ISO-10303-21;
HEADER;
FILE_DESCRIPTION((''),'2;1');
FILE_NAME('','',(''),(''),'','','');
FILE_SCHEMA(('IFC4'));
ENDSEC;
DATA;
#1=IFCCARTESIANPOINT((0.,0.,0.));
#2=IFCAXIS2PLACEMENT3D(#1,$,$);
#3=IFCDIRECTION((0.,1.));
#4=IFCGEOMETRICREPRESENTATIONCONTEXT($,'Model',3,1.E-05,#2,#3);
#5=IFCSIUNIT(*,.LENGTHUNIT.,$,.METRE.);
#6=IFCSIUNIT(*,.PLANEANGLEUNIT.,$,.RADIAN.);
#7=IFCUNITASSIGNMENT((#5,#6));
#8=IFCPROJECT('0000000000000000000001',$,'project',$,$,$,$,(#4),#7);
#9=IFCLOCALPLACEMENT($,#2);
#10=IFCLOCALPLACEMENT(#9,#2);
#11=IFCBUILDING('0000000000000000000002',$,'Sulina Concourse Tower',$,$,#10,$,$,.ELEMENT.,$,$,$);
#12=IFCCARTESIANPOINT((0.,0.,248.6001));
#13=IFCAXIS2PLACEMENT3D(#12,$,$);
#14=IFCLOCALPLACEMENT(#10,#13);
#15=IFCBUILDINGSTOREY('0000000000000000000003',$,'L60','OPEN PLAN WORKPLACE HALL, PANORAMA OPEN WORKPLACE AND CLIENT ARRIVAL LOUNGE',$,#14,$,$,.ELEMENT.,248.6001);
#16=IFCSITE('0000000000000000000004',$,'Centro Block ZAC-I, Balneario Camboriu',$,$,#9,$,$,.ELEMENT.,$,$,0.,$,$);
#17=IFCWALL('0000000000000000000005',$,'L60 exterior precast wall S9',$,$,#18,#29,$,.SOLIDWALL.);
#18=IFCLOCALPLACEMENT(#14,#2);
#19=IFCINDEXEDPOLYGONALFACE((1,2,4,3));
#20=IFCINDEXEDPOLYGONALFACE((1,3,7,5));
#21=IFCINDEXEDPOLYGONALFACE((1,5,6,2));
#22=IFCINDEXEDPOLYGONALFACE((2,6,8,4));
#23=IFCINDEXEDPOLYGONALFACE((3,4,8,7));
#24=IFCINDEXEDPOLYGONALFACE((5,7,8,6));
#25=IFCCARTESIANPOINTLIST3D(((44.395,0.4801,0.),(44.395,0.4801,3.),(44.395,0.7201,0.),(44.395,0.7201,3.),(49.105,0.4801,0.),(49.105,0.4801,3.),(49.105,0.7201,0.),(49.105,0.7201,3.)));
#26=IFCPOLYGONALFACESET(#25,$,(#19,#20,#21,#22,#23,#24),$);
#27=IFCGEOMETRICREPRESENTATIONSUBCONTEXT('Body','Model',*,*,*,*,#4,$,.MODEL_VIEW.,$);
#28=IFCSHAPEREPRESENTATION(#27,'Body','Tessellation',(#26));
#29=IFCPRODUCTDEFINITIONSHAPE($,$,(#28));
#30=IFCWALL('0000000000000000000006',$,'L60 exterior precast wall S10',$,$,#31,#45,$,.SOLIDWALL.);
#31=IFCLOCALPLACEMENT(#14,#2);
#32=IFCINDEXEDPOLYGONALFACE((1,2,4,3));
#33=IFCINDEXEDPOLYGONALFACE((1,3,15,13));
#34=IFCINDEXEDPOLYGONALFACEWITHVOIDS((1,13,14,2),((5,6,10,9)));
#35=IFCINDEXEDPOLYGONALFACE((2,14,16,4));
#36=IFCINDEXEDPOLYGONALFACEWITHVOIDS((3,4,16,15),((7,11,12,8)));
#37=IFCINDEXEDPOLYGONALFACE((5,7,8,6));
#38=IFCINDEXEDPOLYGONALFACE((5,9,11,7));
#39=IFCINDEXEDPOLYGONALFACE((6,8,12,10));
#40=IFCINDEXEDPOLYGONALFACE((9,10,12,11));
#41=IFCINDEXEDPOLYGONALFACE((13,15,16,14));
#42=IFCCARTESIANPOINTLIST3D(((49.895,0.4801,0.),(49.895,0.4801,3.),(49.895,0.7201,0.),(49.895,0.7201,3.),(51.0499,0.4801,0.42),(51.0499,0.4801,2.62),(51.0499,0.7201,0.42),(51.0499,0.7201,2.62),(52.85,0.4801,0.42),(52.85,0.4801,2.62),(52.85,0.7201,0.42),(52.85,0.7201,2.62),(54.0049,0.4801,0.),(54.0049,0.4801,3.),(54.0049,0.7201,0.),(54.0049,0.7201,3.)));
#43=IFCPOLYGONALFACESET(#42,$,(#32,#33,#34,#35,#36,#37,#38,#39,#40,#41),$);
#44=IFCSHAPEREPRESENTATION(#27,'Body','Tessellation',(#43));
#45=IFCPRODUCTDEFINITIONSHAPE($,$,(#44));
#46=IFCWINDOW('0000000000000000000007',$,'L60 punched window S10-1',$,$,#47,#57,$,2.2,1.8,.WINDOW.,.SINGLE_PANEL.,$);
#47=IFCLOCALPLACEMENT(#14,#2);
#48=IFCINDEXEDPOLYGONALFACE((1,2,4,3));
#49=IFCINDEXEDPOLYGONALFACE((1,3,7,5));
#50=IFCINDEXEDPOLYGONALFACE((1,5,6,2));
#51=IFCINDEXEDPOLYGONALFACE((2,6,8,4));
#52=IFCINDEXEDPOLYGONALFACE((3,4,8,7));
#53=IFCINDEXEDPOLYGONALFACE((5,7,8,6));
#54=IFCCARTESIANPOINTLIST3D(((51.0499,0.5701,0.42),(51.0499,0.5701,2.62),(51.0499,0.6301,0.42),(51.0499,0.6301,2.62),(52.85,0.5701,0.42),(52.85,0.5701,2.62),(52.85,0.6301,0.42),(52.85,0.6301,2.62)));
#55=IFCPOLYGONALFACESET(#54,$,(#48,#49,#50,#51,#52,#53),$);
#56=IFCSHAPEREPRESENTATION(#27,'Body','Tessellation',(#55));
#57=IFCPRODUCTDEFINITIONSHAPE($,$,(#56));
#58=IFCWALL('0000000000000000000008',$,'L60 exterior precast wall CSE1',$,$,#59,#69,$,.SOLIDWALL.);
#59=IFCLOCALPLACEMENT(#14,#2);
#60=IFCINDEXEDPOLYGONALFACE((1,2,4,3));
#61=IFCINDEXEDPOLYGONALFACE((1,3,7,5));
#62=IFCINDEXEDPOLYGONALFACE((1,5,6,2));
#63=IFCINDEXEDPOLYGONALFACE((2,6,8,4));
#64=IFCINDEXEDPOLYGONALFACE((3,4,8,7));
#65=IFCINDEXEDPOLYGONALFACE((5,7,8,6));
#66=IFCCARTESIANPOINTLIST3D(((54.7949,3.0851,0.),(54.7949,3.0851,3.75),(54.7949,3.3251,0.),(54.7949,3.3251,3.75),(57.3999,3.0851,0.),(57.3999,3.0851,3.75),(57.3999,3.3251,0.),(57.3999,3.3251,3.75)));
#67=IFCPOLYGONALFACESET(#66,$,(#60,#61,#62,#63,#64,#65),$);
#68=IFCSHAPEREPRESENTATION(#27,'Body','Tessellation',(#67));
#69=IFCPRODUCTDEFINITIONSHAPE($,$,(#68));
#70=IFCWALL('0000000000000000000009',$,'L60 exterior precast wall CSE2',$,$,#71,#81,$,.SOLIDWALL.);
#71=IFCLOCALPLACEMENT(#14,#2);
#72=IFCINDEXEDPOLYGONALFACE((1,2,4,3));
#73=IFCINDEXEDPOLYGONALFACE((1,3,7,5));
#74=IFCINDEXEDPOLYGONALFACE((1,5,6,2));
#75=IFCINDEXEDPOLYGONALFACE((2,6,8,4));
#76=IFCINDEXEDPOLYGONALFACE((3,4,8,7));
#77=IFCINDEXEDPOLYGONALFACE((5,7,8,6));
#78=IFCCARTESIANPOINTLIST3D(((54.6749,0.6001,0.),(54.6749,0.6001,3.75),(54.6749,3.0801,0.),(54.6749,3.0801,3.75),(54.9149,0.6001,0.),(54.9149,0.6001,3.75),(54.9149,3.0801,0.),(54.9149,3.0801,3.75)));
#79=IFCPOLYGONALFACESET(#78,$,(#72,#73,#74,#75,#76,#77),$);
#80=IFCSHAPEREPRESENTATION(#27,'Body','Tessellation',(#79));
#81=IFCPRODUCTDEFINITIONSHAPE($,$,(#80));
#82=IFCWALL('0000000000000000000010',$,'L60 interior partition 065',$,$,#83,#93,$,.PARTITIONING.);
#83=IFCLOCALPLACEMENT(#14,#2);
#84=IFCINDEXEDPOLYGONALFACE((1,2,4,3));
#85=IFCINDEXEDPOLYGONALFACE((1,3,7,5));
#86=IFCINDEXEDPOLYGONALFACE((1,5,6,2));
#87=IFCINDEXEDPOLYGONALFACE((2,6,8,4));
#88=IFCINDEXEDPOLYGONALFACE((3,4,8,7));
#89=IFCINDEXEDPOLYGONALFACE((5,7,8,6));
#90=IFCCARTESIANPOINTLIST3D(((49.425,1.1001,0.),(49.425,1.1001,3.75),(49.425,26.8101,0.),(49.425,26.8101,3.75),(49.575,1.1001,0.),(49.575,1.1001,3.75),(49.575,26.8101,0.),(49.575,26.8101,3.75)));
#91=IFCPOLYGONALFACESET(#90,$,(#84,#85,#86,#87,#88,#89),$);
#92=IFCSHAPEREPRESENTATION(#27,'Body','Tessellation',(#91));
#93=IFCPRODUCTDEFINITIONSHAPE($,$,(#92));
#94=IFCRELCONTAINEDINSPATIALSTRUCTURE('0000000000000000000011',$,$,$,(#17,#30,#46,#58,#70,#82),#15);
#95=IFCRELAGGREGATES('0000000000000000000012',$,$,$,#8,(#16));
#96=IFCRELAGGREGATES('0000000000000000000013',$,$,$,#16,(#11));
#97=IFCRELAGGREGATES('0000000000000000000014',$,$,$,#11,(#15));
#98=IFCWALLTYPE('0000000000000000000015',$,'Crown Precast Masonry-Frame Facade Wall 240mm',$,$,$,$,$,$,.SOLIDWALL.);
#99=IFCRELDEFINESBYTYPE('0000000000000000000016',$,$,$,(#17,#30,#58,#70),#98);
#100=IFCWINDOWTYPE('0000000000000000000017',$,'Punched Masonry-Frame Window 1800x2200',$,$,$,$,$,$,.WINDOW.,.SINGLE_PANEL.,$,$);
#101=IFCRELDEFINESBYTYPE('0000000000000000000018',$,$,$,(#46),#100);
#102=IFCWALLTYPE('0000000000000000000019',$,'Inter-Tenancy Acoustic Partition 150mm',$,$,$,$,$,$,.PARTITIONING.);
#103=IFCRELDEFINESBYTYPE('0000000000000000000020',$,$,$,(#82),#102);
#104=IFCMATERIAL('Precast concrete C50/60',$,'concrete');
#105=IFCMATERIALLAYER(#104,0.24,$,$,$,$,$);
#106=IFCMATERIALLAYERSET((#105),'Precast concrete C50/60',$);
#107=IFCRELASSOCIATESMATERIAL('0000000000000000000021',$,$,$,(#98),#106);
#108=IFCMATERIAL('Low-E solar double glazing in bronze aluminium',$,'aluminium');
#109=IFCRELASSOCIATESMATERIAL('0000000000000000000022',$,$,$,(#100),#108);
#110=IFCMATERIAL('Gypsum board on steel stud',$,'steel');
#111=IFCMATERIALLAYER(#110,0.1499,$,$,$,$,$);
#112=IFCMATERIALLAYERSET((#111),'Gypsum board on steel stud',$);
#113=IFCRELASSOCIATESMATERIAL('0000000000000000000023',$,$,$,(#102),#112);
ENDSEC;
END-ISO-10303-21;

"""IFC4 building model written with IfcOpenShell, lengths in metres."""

from ifc_helpers import new_model, si_unit, direction, frame, frame_2d, origin, place, context, subcontext, project, spatial, rectangle, extrude, material, layer, layer_set, type_object, element, fill, save


model = new_model("IFC4")

# Units and contexts
model_context = context("Model", 3, precision=1e-05, world=origin(), true_north=direction((0.0, 1.0)))
body_context = subcontext(model_context, "Body", "Model", "MODEL_VIEW")
ifc_project = project(units=[si_unit("LENGTHUNIT", "METRE"), si_unit("PLANEANGLEUNIT", "RADIAN")], contexts=[model_context])

# Site, building, storey
site_placement = place(None, origin())
site = spatial("IfcSite", under=ifc_project, at=site_placement, Name="Centro Block ZAC-I, Balneario Camboriu", CompositionType="ELEMENT", RefElevation=0.0)
building_placement = place(site_placement, origin())
building = spatial("IfcBuilding", under=site, at=building_placement, Name="Sulina Concourse Tower", CompositionType="ELEMENT")
storey_placement = place(building_placement, frame((0.0, 0.0, 248.6001)))
storey = spatial("IfcBuildingStorey", under=building, at=storey_placement, Name="L60", Description="OPEN PLAN WORKPLACE HALL, PANORAMA OPEN WORKPLACE AND CLIENT ARRIVAL LOUNGE", CompositionType="ELEMENT", Elevation=248.6001)

# Wall
ifc_material_1 = material(Name="Precast concrete C50/60", Category="concrete")
ifc_layer_1 = layer(ifc_material_1, 0.24)
ifc_layer_set_1 = layer_set([ifc_layer_1], Name="Precast concrete C50/60")
wall_type_1 = type_object("IfcWallType", Name="Crown Precast Masonry-Frame Facade Wall 240mm", PredefinedType="SOLIDWALL", material=ifc_layer_set_1)
wall_1_placement = place(storey_placement, frame((49.105, 0.6001, 0.0), z_axis=(0.0, 0.0, 1.0), x_axis=(-1.0, 0.0, 0.0)))
element("IfcWall", 1, at=wall_1_placement, inside=storey, type_object=wall_type_1, Name="L60 exterior precast wall S9", PredefinedType="SOLIDWALL", context=body_context, shape_type="SweptSolid", body=[
    extrude(rectangle(XDim=4.71, YDim=0.24, at=frame_2d((2.355, 0.0))), origin(), (0.0, 0.0, 1.0), 3.0),
])

# Wall, opening, window
wall_2_placement = place(storey_placement, frame((54.0049, 0.6001, 0.0), z_axis=(0.0, 0.0, 1.0), x_axis=(-1.0, 0.0, 0.0)))
wall_2 = element("IfcWall", 2, at=wall_2_placement, inside=storey, type_object=wall_type_1, Name="L60 exterior precast wall S10", PredefinedType="SOLIDWALL", context=body_context, shape_type="SweptSolid", body=[
    extrude(rectangle(XDim=4.1099, YDim=0.24, at=frame_2d((2.0549, 0.0))), origin(), (0.0, 0.0, 1.0), 3.0),
])
opening_placement = place(wall_2_placement, frame((1.155, 0.0, 0.4199)))
opening = element("IfcOpeningElement", 3, at=opening_placement, cuts=wall_2, PredefinedType="OPENING", context=body_context, shape_type="SweptSolid", body=[
    extrude(rectangle(XDim=1.8, YDim=2.2, at=frame_2d((0.8999, 1.1001))), frame((0.0, 0.1299, 0.0), z_axis=(0.0, -1.0, 0.0), x_axis=(1.0, 0.0, 0.0)), (0.0, 0.0, 1.0), 0.26),
])
ifc_material_2 = material(Name="Low-E solar double glazing in bronze aluminium", Category="aluminium")
window_type = type_object("IfcWindowType", Name="Punched Masonry-Frame Window 1800x2200", PartitioningType="SINGLE_PANEL", PredefinedType="WINDOW", material=ifc_material_2)
window_placement = place(opening_placement, origin())
window = element("IfcWindow", 4, at=window_placement, inside=storey, type_object=window_type, Name="L60 punched window S10-1", OverallHeight=2.2, OverallWidth=1.8, PartitioningType="SINGLE_PANEL", PredefinedType="WINDOW", context=body_context, shape_type="SweptSolid", body=[
    extrude(rectangle(XDim=1.8, YDim=2.2, at=frame_2d((0.8999, 1.1001))), frame((0.0, 0.03, 0.0), z_axis=(0.0, -1.0, 0.0), x_axis=(1.0, 0.0, 0.0)), (0.0, 0.0, 1.0), 0.0601),
])
fill(opening, window)

# Walls
wall_3_placement = place(storey_placement, frame((57.3999, 3.2051, 0.0), z_axis=(0.0, 0.0, 1.0), x_axis=(-1.0, 0.0, 0.0)))
element("IfcWall", 5, at=wall_3_placement, inside=storey, type_object=wall_type_1, Name="L60 exterior precast wall CSE1", PredefinedType="SOLIDWALL", context=body_context, shape_type="SweptSolid", body=[
    extrude(rectangle(XDim=2.605, YDim=0.24, at=frame_2d((1.3025, 0.0))), origin(), (0.0, 0.0, 1.0), 3.75),
])
wall_4_placement = place(storey_placement, frame((54.7949, 3.0801, 0.0), z_axis=(0.0, 0.0, 1.0), x_axis=(0.0, -1.0, 0.0)))
element("IfcWall", 6, at=wall_4_placement, inside=storey, type_object=wall_type_1, Name="L60 exterior precast wall CSE2", PredefinedType="SOLIDWALL", context=body_context, shape_type="SweptSolid", body=[
    extrude(rectangle(XDim=2.48, YDim=0.24, at=frame_2d((1.24, 0.0))), origin(), (0.0, 0.0, 1.0), 3.75),
])
ifc_material_3 = material(Name="Gypsum board on steel stud", Category="steel")
ifc_layer_2 = layer(ifc_material_3, 0.1499)
ifc_layer_set_2 = layer_set([ifc_layer_2], Name="Gypsum board on steel stud")
wall_type_2 = type_object("IfcWallType", Name="Inter-Tenancy Acoustic Partition 150mm", PredefinedType="PARTITIONING", material=ifc_layer_set_2)
wall_5_placement = place(storey_placement, frame((49.5, 1.1001, 0.0), z_axis=(0.0, 0.0, 1.0), x_axis=(0.0, 1.0, 0.0)))
element("IfcWall", 7, at=wall_5_placement, inside=storey, type_object=wall_type_2, Name="L60 interior partition 065", PredefinedType="PARTITIONING", context=body_context, shape_type="SweptSolid", body=[
    extrude(rectangle(XDim=25.71, YDim=0.1499, at=frame_2d((12.855, 0.0))), origin(), (0.0, 0.0, 1.0), 3.75),
])

save(model, "model.ifc")
